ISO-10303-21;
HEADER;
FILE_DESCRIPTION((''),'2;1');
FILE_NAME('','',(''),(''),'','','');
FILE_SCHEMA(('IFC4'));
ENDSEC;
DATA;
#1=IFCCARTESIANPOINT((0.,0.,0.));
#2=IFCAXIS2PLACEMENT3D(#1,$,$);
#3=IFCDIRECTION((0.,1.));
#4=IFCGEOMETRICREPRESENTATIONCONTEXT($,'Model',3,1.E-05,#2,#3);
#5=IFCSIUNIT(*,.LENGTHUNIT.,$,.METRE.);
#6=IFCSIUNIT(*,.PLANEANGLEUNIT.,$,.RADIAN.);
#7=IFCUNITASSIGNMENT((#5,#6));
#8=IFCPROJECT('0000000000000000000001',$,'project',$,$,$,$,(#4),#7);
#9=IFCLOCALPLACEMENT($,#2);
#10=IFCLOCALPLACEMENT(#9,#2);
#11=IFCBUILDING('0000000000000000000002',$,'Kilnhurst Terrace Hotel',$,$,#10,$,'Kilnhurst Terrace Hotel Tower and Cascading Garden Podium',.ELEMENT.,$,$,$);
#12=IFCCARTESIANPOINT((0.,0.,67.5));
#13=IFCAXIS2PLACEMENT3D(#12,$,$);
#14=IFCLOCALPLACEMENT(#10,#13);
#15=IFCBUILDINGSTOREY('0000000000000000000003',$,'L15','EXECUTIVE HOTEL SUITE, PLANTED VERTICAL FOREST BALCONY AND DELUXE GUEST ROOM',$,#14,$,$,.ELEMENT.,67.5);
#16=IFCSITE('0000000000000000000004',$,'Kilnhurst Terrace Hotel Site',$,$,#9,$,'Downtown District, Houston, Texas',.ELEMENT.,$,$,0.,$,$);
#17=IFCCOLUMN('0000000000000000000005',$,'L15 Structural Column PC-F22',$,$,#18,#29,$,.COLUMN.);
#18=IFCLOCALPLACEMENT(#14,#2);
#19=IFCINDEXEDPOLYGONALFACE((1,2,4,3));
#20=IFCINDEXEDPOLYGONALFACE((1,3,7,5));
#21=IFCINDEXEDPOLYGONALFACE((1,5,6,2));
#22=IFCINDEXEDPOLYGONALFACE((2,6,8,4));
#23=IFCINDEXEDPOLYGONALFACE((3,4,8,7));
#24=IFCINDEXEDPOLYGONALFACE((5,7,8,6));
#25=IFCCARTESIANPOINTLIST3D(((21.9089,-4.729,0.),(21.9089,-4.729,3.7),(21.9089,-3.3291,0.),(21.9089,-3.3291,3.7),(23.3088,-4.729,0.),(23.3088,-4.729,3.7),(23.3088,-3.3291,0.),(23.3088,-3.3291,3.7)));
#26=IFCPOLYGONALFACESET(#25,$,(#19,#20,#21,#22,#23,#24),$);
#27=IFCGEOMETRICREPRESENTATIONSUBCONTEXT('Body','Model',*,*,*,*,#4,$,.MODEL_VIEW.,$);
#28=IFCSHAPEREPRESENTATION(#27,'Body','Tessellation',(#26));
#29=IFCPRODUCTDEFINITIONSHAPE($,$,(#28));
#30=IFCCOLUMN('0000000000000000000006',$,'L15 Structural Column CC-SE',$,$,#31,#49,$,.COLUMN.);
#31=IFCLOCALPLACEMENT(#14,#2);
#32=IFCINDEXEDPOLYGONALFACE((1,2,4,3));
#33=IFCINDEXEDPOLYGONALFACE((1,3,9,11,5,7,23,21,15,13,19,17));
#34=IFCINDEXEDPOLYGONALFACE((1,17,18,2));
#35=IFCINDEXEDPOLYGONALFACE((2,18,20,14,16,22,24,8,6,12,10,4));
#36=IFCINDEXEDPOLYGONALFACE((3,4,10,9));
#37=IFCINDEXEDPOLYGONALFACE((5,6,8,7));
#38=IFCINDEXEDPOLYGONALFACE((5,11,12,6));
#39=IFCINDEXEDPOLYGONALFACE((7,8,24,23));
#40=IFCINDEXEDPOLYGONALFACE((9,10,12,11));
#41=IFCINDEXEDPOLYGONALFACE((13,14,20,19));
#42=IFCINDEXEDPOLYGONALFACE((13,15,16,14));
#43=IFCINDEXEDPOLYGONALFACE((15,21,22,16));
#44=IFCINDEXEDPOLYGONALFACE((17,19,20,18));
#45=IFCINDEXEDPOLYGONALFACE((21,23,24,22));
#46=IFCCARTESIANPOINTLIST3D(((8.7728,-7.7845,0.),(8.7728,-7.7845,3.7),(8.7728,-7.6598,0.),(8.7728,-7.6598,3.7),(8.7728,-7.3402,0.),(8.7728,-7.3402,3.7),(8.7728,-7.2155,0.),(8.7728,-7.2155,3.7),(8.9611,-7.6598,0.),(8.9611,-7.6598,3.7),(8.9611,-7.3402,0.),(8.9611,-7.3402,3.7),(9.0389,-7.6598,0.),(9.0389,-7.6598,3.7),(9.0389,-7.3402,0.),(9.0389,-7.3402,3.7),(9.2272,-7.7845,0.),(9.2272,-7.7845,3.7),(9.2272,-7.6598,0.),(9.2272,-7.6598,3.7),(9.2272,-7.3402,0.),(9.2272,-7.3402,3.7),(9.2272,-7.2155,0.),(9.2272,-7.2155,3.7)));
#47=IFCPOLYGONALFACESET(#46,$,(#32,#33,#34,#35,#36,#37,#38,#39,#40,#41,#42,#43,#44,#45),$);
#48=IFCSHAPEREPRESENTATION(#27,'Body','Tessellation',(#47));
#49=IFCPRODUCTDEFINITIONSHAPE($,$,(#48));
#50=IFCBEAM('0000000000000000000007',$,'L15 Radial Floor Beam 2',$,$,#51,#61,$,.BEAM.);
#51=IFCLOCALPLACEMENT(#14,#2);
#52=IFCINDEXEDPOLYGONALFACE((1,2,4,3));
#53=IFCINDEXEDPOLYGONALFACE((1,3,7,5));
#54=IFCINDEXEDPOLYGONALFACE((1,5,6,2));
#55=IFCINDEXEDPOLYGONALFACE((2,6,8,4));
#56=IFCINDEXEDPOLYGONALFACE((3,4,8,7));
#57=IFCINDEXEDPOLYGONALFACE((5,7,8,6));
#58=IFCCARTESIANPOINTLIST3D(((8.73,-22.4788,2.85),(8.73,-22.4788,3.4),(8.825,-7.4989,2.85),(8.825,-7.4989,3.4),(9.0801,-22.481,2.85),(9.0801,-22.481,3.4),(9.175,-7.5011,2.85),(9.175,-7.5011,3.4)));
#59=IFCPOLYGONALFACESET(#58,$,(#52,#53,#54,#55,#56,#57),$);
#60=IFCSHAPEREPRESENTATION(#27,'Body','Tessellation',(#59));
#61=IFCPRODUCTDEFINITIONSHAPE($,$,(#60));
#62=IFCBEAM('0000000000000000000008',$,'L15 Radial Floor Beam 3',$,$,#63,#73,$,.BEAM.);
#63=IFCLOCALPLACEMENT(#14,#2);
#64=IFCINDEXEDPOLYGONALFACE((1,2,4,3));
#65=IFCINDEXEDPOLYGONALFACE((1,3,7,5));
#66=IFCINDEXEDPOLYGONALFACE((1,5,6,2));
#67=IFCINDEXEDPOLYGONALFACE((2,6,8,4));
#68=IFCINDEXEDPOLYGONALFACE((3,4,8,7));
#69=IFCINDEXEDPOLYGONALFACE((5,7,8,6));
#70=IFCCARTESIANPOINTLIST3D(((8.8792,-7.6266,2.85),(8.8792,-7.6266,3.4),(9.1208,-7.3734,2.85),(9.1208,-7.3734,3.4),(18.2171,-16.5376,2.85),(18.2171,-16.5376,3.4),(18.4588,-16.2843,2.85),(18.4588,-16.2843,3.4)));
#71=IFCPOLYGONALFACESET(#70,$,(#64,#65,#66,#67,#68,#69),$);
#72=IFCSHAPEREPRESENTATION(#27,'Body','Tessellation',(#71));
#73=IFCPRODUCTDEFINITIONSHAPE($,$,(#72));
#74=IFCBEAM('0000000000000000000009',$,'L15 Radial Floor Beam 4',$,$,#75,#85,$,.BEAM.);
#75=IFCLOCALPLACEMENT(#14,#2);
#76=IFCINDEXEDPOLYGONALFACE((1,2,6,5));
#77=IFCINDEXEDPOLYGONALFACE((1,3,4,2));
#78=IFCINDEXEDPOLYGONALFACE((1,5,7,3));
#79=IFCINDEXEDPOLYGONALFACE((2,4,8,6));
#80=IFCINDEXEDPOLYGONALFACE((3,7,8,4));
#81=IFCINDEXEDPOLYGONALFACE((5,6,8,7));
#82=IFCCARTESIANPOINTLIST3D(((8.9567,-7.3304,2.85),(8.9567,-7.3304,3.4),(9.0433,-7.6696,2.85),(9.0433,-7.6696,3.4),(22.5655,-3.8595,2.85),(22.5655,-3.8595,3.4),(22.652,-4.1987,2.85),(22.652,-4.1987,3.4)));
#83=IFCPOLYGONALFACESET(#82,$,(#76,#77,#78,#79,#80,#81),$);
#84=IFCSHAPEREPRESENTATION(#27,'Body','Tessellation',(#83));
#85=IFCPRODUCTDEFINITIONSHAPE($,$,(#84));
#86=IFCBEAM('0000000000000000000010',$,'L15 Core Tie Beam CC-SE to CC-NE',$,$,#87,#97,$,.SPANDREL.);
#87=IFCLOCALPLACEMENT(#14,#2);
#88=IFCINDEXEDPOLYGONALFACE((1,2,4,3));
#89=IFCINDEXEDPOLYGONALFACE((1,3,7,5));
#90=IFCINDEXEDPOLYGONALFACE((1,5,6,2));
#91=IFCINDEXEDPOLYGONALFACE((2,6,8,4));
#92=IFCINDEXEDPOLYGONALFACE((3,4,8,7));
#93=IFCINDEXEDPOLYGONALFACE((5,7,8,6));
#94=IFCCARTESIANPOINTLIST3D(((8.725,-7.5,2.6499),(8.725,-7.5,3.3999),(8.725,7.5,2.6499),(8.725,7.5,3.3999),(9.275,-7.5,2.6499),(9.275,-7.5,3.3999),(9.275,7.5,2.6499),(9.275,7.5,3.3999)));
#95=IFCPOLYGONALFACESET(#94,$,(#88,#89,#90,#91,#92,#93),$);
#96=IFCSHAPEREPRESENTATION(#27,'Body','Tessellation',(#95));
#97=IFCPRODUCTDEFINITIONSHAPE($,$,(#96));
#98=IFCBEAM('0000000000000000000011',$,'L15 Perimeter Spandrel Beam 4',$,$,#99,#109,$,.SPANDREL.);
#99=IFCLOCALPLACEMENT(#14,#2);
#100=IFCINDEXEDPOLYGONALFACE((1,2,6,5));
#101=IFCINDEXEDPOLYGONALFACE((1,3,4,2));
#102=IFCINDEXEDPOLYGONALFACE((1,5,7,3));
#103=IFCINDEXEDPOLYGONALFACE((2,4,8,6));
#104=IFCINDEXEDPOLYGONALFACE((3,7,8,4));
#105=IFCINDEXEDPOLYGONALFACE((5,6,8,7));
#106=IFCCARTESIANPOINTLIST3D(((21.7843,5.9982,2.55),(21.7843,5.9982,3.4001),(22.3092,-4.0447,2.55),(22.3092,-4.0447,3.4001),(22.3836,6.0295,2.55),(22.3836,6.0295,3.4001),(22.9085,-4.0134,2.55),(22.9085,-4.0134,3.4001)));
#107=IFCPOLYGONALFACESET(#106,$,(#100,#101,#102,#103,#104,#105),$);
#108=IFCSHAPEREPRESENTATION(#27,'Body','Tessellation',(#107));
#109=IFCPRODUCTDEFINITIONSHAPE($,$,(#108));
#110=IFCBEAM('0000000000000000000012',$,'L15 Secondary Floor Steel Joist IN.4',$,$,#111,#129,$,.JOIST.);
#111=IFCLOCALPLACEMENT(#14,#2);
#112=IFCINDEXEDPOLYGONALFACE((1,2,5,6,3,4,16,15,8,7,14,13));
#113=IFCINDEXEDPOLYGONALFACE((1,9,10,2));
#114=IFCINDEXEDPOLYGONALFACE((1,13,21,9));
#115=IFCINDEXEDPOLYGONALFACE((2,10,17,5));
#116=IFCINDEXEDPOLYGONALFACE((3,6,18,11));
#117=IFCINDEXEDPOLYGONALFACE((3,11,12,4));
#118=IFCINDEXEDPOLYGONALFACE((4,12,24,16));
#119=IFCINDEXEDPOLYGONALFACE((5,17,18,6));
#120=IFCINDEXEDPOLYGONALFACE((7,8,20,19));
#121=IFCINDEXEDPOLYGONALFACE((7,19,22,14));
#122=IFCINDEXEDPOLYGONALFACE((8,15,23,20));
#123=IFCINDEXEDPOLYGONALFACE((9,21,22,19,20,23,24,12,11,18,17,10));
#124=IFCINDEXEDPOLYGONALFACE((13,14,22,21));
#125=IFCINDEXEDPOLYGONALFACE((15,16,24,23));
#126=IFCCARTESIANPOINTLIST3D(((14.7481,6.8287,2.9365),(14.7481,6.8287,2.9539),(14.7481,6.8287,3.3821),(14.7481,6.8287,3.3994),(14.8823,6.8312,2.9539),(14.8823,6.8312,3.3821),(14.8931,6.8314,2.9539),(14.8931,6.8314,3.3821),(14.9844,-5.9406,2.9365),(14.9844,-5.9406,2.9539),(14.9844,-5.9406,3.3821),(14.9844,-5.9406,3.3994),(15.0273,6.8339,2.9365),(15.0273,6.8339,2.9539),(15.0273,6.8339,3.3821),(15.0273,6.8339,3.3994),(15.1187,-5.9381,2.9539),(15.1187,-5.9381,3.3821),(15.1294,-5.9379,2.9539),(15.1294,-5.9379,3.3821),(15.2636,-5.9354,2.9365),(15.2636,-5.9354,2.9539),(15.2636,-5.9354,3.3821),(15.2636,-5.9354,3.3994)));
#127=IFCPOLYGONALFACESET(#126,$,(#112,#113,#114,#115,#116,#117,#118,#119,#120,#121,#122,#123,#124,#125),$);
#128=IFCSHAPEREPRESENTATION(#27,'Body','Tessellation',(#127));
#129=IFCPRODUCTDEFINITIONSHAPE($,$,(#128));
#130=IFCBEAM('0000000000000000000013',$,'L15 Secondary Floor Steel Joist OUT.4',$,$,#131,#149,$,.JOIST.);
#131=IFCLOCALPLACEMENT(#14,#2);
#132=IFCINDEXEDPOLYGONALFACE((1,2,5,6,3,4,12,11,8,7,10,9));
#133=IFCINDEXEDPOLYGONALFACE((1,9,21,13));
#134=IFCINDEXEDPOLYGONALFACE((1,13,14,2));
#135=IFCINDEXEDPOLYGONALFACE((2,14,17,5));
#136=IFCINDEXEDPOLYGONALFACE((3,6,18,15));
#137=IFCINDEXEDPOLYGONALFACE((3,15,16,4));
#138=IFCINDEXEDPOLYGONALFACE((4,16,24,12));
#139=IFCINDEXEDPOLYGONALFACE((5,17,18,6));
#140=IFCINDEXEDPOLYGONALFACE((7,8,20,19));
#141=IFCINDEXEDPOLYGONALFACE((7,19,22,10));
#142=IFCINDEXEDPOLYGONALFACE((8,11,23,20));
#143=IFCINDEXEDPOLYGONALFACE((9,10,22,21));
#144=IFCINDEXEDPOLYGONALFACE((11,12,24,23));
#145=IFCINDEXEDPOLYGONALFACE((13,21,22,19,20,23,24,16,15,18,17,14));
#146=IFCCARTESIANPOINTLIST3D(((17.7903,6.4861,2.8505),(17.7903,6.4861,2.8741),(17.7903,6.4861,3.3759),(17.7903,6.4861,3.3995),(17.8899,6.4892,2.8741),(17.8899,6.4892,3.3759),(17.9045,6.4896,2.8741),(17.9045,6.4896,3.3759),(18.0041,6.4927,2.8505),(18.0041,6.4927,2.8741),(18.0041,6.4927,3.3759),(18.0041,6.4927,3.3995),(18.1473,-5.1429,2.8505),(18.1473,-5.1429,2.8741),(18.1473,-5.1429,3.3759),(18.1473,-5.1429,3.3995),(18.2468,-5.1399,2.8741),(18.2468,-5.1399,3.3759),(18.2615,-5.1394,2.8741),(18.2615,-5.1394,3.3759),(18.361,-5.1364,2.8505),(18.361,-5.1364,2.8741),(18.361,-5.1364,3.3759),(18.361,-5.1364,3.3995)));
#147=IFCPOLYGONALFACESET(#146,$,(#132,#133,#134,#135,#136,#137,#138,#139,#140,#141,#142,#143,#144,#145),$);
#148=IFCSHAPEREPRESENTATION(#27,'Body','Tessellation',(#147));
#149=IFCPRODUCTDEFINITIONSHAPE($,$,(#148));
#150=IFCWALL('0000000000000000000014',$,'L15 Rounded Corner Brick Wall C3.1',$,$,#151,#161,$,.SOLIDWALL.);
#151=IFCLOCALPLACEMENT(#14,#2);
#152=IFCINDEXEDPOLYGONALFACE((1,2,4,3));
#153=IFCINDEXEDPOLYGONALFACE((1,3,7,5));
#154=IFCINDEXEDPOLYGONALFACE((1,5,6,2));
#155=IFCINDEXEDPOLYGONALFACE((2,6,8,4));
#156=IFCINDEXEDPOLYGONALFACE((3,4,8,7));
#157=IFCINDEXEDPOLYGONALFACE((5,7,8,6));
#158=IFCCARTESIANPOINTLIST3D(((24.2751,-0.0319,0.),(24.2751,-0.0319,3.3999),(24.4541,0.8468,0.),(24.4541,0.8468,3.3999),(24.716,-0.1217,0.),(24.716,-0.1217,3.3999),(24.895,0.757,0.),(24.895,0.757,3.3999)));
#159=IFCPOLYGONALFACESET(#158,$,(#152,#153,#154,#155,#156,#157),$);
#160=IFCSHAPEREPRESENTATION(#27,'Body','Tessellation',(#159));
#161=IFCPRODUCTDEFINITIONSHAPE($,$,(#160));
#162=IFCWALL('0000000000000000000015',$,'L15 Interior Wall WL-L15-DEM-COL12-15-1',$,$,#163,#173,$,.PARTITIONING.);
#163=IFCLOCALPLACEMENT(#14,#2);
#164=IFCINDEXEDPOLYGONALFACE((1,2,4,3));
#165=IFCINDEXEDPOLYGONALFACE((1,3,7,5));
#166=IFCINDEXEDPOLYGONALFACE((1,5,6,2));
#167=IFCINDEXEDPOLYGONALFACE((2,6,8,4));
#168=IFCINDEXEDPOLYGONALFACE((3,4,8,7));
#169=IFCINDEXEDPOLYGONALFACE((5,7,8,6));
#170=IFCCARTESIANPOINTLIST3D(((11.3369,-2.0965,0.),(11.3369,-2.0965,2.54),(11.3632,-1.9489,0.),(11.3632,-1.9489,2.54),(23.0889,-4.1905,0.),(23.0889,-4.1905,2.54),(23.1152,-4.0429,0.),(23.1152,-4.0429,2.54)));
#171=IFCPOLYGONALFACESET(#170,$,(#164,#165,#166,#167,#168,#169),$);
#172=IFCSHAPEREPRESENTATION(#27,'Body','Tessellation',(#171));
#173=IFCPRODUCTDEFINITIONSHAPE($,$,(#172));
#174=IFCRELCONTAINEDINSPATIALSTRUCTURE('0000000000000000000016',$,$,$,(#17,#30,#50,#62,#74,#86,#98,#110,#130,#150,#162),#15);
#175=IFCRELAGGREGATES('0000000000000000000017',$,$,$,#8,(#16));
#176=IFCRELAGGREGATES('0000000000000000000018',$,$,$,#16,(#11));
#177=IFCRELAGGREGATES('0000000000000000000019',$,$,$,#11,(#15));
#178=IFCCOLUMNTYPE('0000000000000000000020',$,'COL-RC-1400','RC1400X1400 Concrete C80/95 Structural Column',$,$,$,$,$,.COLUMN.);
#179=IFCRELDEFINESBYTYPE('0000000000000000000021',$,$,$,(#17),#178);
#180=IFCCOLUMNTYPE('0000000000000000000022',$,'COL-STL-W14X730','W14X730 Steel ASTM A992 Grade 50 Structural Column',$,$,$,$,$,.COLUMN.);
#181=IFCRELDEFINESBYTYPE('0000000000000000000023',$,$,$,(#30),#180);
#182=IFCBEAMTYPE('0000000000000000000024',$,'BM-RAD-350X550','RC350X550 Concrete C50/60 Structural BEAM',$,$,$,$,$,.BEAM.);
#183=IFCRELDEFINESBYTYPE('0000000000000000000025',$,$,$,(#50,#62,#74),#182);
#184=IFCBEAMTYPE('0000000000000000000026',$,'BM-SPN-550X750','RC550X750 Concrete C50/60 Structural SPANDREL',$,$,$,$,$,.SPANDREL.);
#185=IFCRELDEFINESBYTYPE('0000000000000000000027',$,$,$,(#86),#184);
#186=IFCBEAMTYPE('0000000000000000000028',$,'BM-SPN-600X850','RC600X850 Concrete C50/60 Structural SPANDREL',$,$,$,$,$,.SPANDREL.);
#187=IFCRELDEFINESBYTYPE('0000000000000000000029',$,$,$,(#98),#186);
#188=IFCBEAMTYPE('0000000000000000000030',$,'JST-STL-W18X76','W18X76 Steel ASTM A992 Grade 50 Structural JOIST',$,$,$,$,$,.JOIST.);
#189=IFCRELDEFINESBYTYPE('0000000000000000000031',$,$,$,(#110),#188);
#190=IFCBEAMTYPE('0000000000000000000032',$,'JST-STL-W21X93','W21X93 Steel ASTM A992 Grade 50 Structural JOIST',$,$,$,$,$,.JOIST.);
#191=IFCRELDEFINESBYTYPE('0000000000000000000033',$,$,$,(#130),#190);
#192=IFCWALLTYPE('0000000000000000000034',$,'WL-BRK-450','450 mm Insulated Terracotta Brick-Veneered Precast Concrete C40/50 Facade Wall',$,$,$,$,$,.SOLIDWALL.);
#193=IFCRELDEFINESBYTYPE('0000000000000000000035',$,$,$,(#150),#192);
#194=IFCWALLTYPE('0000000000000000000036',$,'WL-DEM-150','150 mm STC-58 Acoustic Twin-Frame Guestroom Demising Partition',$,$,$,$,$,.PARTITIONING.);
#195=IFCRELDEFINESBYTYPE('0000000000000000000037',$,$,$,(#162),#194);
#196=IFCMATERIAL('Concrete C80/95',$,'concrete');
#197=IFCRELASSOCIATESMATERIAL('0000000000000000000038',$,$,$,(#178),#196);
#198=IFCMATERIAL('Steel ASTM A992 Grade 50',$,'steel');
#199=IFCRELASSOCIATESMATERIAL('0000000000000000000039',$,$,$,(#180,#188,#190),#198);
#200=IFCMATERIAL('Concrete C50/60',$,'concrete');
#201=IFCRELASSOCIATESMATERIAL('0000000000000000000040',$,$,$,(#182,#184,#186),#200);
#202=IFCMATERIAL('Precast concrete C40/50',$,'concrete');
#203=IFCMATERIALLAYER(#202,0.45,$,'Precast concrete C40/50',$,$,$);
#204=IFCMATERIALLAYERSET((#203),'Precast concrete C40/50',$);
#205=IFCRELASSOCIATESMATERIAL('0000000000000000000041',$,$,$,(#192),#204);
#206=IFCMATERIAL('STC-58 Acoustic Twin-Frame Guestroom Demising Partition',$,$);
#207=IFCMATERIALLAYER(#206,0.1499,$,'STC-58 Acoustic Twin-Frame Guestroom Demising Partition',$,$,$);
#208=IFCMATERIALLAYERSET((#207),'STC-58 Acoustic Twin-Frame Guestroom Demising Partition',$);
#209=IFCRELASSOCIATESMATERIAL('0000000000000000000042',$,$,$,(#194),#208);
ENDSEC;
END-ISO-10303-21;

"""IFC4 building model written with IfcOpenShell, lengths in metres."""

from ifc_helpers import new_model, si_unit, direction, frame, frame_2d, origin, origin_2d, place, context, subcontext, project, spatial, rectangle, i_section, extrude, material, layer, layer_set, material_profile, profile_set, type_object, element, save


model = new_model("IFC4")

# Units and contexts
model_context = context("Model", 3, precision=1e-05, world=origin(), true_north=direction((0.0, 1.0)))
body_context = subcontext(model_context, "Body", "Model", "MODEL_VIEW")
ifc_project = project(units=[si_unit("LENGTHUNIT", "METRE"), si_unit("PLANEANGLEUNIT", "RADIAN")], contexts=[model_context])

# Site, building, storey
site_placement = place(None, origin())
site = spatial("IfcSite", under=ifc_project, at=site_placement, Name="Kilnhurst Terrace Hotel Site", LongName="Downtown District, Houston, Texas", CompositionType="ELEMENT", RefElevation=0.0)
building_placement = place(site_placement, origin())
building = spatial("IfcBuilding", under=site, at=building_placement, Name="Kilnhurst Terrace Hotel", LongName="Kilnhurst Terrace Hotel Tower and Cascading Garden Podium", CompositionType="ELEMENT")
storey_placement = place(building_placement, frame((0.0, 0.0, 67.5)))
storey = spatial("IfcBuildingStorey", under=building, at=storey_placement, Name="L15", Description="EXECUTIVE HOTEL SUITE, PLANTED VERTICAL FOREST BALCONY AND DELUXE GUEST ROOM", CompositionType="ELEMENT", Elevation=67.5)

# Columns
ifc_material_1 = material(Name="Concrete C80/95", Category="concrete")
ifc_material_profile_1 = material_profile(ifc_material_1, rectangle(XDim=1.3999, YDim=1.3999, at=origin_2d()), Name="RC1400X1400")
ifc_profile_set_1 = profile_set([ifc_material_profile_1], Name="Concrete C80/95")
column_type_1 = type_object("IfcColumnType", Name="COL-RC-1400", Description="RC1400X1400 Concrete C80/95 Structural Column", PredefinedType="COLUMN", material=ifc_profile_set_1)
column_1_placement = place(storey_placement, frame((22.6089, -4.0291, 0.0), z_axis=(0.0, 0.0, 1.0), x_axis=(1.0, 0.0, 0.0)))
element("IfcColumn", 1, at=column_1_placement, inside=storey, type_object=column_type_1, Name="L15 Structural Column PC-F22", PredefinedType="COLUMN", context=body_context, shape_type="SweptSolid", body=[
    extrude(rectangle(XDim=1.3999, YDim=1.3999, at=origin_2d()), origin(), (0.0, 0.0, 1.0), 3.7),
])
ifc_material_2 = material(Name="Steel ASTM A992 Grade 50", Category="steel")
ifc_material_profile_2 = material_profile(ifc_material_2, i_section(OverallWidth=0.4543, OverallDepth=0.5691, WebThickness=0.0779, FlangeThickness=0.1248, at=origin_2d()), Name="W14X730")
ifc_profile_set_2 = profile_set([ifc_material_profile_2], Name="Steel ASTM A992 Grade 50")
column_type_2 = type_object("IfcColumnType", Name="COL-STL-W14X730", Description="W14X730 Steel ASTM A992 Grade 50 Structural Column", PredefinedType="COLUMN", material=ifc_profile_set_2)
column_2_placement = place(storey_placement, frame((9.0, -7.5, 0.0), z_axis=(0.0, 0.0, 1.0), x_axis=(1.0, 0.0, 0.0)))
element("IfcColumn", 2, at=column_2_placement, inside=storey, type_object=column_type_2, Name="L15 Structural Column CC-SE", PredefinedType="COLUMN", context=body_context, shape_type="SweptSolid", body=[
    extrude(i_section(OverallWidth=0.4543, OverallDepth=0.5691, WebThickness=0.0779, FlangeThickness=0.1248, at=origin_2d()), origin(), (0.0, 0.0, 1.0), 3.7),
])

# Beams
ifc_material_3 = material(Name="Concrete C50/60", Category="concrete")
ifc_material_profile_3 = material_profile(ifc_material_3, rectangle(XDim=0.3501, YDim=0.55, at=origin_2d()), Name="RC350X550")
ifc_profile_set_3 = profile_set([ifc_material_profile_3], Name="Concrete C50/60")
beam_type_1 = type_object("IfcBeamType", Name="BM-RAD-350X550", Description="RC350X550 Concrete C50/60 Structural BEAM", PredefinedType="BEAM", material=ifc_profile_set_3)
beam_1_placement = place(storey_placement, frame((9.0, -7.5, 3.125), z_axis=(-0.00634, -0.99998, 0.0), x_axis=(0.99998, -0.00634, 0.0)))
element("IfcBeam", 3, at=beam_1_placement, inside=storey, type_object=beam_type_1, Name="L15 Radial Floor Beam 2", PredefinedType="BEAM", context=body_context, shape_type="SweptSolid", body=[
    extrude(rectangle(XDim=0.3501, YDim=0.55, at=origin_2d()), origin(), (0.0, 0.0, 1.0), 14.9802),
])
beam_2_placement = place(storey_placement, frame((9.0, -7.5, 3.125), z_axis=(0.723454, -0.690372, 0.0), x_axis=(0.690372, 0.723454, 0.0)))
element("IfcBeam", 4, at=beam_2_placement, inside=storey, type_object=beam_type_1, Name="L15 Radial Floor Beam 3", PredefinedType="BEAM", context=body_context, shape_type="SweptSolid", body=[
    extrude(rectangle(XDim=0.3501, YDim=0.55, at=origin_2d()), origin(), (0.0, 0.0, 1.0), 12.9075),
])
beam_3_placement = place(storey_placement, frame((9.0, -7.5, 3.125), z_axis=(0.96898, 0.247138, 0.0), x_axis=(-0.247138, 0.96898, 0.0)))
element("IfcBeam", 5, at=beam_3_placement, inside=storey, type_object=beam_type_1, Name="L15 Radial Floor Beam 4", PredefinedType="BEAM", context=body_context, shape_type="SweptSolid", body=[
    extrude(rectangle(XDim=0.3501, YDim=0.55, at=origin_2d()), origin(), (0.0, 0.0, 1.0), 14.0444),
])
ifc_material_profile_4 = material_profile(ifc_material_3, rectangle(XDim=0.55, YDim=0.75, at=origin_2d()), Name="RC550X750")
ifc_profile_set_4 = profile_set([ifc_material_profile_4], Name="Concrete C50/60")
beam_type_2 = type_object("IfcBeamType", Name="BM-SPN-550X750", Description="RC550X750 Concrete C50/60 Structural SPANDREL", PredefinedType="SPANDREL", material=ifc_profile_set_4)
beam_4_placement = place(storey_placement, frame((9.0, -7.5, 3.0249), z_axis=(0.0, 1.0, 0.0), x_axis=(-1.0, 0.0, 0.0)))
element("IfcBeam", 6, at=beam_4_placement, inside=storey, type_object=beam_type_2, Name="L15 Core Tie Beam CC-SE to CC-NE", PredefinedType="SPANDREL", context=body_context, shape_type="SweptSolid", body=[
    extrude(rectangle(XDim=0.55, YDim=0.75, at=origin_2d()), origin(), (0.0, 0.0, 1.0), 15.0),
])
ifc_material_profile_5 = material_profile(ifc_material_3, rectangle(XDim=0.6001, YDim=0.8501, at=origin_2d()), Name="RC600X850")
ifc_profile_set_5 = profile_set([ifc_material_profile_5], Name="Concrete C50/60")
beam_type_3 = type_object("IfcBeamType", Name="BM-SPN-600X850", Description="RC600X850 Concrete C50/60 Structural SPANDREL", PredefinedType="SPANDREL", material=ifc_profile_set_5)
beam_5_placement = place(storey_placement, frame((22.6089, -4.0291, 2.9751), z_axis=(-0.052194, 0.998637, 0.0), x_axis=(-0.998637, -0.052194, 0.0)))
element("IfcBeam", 7, at=beam_5_placement, inside=storey, type_object=beam_type_3, Name="L15 Perimeter Spandrel Beam 4", PredefinedType="SPANDREL", context=body_context, shape_type="SweptSolid", body=[
    extrude(rectangle(XDim=0.6001, YDim=0.8501, at=origin_2d()), origin(), (0.0, 0.0, 1.0), 10.0566),
])
ifc_material_profile_6 = material_profile(ifc_material_2, i_section(OverallWidth=0.2793, OverallDepth=0.4629, WebThickness=0.0107, FlangeThickness=0.0173, at=origin_2d()), Name="W18X76")
ifc_profile_set_6 = profile_set([ifc_material_profile_6], Name="Steel ASTM A992 Grade 50")
beam_type_4 = type_object("IfcBeamType", Name="JST-STL-W18X76", Description="W18X76 Steel ASTM A992 Grade 50 Structural JOIST", PredefinedType="JOIST", material=ifc_profile_set_6)
beam_6_placement = place(storey_placement, frame((15.124, -5.938, 3.168), z_axis=(-0.018504, 0.999829, 0.0), x_axis=(-0.999829, -0.018504, 0.0)))
element("IfcBeam", 8, at=beam_6_placement, inside=storey, type_object=beam_type_4, Name="L15 Secondary Floor Steel Joist IN.4", PredefinedType="JOIST", context=body_context, shape_type="SweptSolid", body=[
    extrude(i_section(OverallWidth=0.2793, OverallDepth=0.4629, WebThickness=0.0107, FlangeThickness=0.0173, at=origin_2d()), origin(), (0.0, 0.0, 1.0), 12.7715),
])
ifc_material_profile_7 = material_profile(ifc_material_2, i_section(OverallWidth=0.2139, OverallDepth=0.5491, WebThickness=0.0146, FlangeThickness=0.0237, at=origin_2d()), Name="W21X93")
ifc_profile_set_7 = profile_set([ifc_material_profile_7], Name="Steel ASTM A992 Grade 50")
beam_type_5 = type_object("IfcBeamType", Name="JST-STL-W21X93", Description="W21X93 Steel ASTM A992 Grade 50 Structural JOIST", PredefinedType="JOIST", material=ifc_profile_set_7)
beam_7_placement = place(storey_placement, frame((18.2542, -5.1396, 3.125), z_axis=(-0.030679, 0.999529, 0.0), x_axis=(-0.999529, -0.030679, 0.0)))
element("IfcBeam", 9, at=beam_7_placement, inside=storey, type_object=beam_type_5, Name="L15 Secondary Floor Steel Joist OUT.4", PredefinedType="JOIST", context=body_context, shape_type="SweptSolid", body=[
    extrude(i_section(OverallWidth=0.2139, OverallDepth=0.5491, WebThickness=0.0146, FlangeThickness=0.0237, at=origin_2d()), origin(), (0.0, 0.0, 1.0), 11.6345),
])

# Wall
ifc_material_4 = material(Name="Precast concrete C40/50", Category="concrete")
ifc_layer_1 = layer(ifc_material_4, 0.45, Name="Precast concrete C40/50")
ifc_layer_set_1 = layer_set([ifc_layer_1], Name="Precast concrete C40/50")
wall_type_1 = type_object("IfcWallType", Name="WL-BRK-450", Description="450 mm Insulated Terracotta Brick-Veneered Precast Concrete C40/50 Facade Wall", PredefinedType="SOLIDWALL", material=ifc_layer_set_1)
wall_1_placement = place(storey_placement, frame((24.4956, -0.0767, 0.0), z_axis=(0.0, 0.0, 1.0), x_axis=(0.199571, 0.979883, 0.0)))
element("IfcWall", 10, at=wall_1_placement, inside=storey, type_object=wall_type_1, Name="L15 Rounded Corner Brick Wall C3.1", PredefinedType="SOLIDWALL", context=body_context, shape_type="SweptSolid", body=[
    extrude(rectangle(XDim=0.8967, YDim=0.45, at=frame_2d((0.4482, 0.0))), origin(), (0.0, 0.0, 1.0), 3.3999),
])

# Wall
ifc_material_5 = material(Name="STC-58 Acoustic Twin-Frame Guestroom Demising Partition")
ifc_layer_2 = layer(ifc_material_5, 0.1499, Name="STC-58 Acoustic Twin-Frame Guestroom Demising Partition")
ifc_layer_set_2 = layer_set([ifc_layer_2], Name="STC-58 Acoustic Twin-Frame Guestroom Demising Partition")
wall_type_2 = type_object("IfcWallType", Name="WL-DEM-150", Description="150 mm STC-58 Acoustic Twin-Frame Guestroom Demising Partition", PredefinedType="PARTITIONING", material=ifc_layer_set_2)
wall_2_placement = place(storey_placement, frame((11.3501, -2.0227, 0.0), z_axis=(0.0, 0.0, 1.0), x_axis=(0.984494, -0.17542, 0.0)))
element("IfcWall", 11, at=wall_2_placement, inside=storey, type_object=wall_type_2, Name="L15 Interior Wall WL-L15-DEM-COL12-15-1", PredefinedType="PARTITIONING", context=body_context, shape_type="SweptSolid", body=[
    extrude(rectangle(XDim=11.937, YDim=0.1499, at=frame_2d((5.9685, 0.0))), origin(), (0.0, 0.0, 1.0), 2.54),
])

save(model, "model.ifc")
